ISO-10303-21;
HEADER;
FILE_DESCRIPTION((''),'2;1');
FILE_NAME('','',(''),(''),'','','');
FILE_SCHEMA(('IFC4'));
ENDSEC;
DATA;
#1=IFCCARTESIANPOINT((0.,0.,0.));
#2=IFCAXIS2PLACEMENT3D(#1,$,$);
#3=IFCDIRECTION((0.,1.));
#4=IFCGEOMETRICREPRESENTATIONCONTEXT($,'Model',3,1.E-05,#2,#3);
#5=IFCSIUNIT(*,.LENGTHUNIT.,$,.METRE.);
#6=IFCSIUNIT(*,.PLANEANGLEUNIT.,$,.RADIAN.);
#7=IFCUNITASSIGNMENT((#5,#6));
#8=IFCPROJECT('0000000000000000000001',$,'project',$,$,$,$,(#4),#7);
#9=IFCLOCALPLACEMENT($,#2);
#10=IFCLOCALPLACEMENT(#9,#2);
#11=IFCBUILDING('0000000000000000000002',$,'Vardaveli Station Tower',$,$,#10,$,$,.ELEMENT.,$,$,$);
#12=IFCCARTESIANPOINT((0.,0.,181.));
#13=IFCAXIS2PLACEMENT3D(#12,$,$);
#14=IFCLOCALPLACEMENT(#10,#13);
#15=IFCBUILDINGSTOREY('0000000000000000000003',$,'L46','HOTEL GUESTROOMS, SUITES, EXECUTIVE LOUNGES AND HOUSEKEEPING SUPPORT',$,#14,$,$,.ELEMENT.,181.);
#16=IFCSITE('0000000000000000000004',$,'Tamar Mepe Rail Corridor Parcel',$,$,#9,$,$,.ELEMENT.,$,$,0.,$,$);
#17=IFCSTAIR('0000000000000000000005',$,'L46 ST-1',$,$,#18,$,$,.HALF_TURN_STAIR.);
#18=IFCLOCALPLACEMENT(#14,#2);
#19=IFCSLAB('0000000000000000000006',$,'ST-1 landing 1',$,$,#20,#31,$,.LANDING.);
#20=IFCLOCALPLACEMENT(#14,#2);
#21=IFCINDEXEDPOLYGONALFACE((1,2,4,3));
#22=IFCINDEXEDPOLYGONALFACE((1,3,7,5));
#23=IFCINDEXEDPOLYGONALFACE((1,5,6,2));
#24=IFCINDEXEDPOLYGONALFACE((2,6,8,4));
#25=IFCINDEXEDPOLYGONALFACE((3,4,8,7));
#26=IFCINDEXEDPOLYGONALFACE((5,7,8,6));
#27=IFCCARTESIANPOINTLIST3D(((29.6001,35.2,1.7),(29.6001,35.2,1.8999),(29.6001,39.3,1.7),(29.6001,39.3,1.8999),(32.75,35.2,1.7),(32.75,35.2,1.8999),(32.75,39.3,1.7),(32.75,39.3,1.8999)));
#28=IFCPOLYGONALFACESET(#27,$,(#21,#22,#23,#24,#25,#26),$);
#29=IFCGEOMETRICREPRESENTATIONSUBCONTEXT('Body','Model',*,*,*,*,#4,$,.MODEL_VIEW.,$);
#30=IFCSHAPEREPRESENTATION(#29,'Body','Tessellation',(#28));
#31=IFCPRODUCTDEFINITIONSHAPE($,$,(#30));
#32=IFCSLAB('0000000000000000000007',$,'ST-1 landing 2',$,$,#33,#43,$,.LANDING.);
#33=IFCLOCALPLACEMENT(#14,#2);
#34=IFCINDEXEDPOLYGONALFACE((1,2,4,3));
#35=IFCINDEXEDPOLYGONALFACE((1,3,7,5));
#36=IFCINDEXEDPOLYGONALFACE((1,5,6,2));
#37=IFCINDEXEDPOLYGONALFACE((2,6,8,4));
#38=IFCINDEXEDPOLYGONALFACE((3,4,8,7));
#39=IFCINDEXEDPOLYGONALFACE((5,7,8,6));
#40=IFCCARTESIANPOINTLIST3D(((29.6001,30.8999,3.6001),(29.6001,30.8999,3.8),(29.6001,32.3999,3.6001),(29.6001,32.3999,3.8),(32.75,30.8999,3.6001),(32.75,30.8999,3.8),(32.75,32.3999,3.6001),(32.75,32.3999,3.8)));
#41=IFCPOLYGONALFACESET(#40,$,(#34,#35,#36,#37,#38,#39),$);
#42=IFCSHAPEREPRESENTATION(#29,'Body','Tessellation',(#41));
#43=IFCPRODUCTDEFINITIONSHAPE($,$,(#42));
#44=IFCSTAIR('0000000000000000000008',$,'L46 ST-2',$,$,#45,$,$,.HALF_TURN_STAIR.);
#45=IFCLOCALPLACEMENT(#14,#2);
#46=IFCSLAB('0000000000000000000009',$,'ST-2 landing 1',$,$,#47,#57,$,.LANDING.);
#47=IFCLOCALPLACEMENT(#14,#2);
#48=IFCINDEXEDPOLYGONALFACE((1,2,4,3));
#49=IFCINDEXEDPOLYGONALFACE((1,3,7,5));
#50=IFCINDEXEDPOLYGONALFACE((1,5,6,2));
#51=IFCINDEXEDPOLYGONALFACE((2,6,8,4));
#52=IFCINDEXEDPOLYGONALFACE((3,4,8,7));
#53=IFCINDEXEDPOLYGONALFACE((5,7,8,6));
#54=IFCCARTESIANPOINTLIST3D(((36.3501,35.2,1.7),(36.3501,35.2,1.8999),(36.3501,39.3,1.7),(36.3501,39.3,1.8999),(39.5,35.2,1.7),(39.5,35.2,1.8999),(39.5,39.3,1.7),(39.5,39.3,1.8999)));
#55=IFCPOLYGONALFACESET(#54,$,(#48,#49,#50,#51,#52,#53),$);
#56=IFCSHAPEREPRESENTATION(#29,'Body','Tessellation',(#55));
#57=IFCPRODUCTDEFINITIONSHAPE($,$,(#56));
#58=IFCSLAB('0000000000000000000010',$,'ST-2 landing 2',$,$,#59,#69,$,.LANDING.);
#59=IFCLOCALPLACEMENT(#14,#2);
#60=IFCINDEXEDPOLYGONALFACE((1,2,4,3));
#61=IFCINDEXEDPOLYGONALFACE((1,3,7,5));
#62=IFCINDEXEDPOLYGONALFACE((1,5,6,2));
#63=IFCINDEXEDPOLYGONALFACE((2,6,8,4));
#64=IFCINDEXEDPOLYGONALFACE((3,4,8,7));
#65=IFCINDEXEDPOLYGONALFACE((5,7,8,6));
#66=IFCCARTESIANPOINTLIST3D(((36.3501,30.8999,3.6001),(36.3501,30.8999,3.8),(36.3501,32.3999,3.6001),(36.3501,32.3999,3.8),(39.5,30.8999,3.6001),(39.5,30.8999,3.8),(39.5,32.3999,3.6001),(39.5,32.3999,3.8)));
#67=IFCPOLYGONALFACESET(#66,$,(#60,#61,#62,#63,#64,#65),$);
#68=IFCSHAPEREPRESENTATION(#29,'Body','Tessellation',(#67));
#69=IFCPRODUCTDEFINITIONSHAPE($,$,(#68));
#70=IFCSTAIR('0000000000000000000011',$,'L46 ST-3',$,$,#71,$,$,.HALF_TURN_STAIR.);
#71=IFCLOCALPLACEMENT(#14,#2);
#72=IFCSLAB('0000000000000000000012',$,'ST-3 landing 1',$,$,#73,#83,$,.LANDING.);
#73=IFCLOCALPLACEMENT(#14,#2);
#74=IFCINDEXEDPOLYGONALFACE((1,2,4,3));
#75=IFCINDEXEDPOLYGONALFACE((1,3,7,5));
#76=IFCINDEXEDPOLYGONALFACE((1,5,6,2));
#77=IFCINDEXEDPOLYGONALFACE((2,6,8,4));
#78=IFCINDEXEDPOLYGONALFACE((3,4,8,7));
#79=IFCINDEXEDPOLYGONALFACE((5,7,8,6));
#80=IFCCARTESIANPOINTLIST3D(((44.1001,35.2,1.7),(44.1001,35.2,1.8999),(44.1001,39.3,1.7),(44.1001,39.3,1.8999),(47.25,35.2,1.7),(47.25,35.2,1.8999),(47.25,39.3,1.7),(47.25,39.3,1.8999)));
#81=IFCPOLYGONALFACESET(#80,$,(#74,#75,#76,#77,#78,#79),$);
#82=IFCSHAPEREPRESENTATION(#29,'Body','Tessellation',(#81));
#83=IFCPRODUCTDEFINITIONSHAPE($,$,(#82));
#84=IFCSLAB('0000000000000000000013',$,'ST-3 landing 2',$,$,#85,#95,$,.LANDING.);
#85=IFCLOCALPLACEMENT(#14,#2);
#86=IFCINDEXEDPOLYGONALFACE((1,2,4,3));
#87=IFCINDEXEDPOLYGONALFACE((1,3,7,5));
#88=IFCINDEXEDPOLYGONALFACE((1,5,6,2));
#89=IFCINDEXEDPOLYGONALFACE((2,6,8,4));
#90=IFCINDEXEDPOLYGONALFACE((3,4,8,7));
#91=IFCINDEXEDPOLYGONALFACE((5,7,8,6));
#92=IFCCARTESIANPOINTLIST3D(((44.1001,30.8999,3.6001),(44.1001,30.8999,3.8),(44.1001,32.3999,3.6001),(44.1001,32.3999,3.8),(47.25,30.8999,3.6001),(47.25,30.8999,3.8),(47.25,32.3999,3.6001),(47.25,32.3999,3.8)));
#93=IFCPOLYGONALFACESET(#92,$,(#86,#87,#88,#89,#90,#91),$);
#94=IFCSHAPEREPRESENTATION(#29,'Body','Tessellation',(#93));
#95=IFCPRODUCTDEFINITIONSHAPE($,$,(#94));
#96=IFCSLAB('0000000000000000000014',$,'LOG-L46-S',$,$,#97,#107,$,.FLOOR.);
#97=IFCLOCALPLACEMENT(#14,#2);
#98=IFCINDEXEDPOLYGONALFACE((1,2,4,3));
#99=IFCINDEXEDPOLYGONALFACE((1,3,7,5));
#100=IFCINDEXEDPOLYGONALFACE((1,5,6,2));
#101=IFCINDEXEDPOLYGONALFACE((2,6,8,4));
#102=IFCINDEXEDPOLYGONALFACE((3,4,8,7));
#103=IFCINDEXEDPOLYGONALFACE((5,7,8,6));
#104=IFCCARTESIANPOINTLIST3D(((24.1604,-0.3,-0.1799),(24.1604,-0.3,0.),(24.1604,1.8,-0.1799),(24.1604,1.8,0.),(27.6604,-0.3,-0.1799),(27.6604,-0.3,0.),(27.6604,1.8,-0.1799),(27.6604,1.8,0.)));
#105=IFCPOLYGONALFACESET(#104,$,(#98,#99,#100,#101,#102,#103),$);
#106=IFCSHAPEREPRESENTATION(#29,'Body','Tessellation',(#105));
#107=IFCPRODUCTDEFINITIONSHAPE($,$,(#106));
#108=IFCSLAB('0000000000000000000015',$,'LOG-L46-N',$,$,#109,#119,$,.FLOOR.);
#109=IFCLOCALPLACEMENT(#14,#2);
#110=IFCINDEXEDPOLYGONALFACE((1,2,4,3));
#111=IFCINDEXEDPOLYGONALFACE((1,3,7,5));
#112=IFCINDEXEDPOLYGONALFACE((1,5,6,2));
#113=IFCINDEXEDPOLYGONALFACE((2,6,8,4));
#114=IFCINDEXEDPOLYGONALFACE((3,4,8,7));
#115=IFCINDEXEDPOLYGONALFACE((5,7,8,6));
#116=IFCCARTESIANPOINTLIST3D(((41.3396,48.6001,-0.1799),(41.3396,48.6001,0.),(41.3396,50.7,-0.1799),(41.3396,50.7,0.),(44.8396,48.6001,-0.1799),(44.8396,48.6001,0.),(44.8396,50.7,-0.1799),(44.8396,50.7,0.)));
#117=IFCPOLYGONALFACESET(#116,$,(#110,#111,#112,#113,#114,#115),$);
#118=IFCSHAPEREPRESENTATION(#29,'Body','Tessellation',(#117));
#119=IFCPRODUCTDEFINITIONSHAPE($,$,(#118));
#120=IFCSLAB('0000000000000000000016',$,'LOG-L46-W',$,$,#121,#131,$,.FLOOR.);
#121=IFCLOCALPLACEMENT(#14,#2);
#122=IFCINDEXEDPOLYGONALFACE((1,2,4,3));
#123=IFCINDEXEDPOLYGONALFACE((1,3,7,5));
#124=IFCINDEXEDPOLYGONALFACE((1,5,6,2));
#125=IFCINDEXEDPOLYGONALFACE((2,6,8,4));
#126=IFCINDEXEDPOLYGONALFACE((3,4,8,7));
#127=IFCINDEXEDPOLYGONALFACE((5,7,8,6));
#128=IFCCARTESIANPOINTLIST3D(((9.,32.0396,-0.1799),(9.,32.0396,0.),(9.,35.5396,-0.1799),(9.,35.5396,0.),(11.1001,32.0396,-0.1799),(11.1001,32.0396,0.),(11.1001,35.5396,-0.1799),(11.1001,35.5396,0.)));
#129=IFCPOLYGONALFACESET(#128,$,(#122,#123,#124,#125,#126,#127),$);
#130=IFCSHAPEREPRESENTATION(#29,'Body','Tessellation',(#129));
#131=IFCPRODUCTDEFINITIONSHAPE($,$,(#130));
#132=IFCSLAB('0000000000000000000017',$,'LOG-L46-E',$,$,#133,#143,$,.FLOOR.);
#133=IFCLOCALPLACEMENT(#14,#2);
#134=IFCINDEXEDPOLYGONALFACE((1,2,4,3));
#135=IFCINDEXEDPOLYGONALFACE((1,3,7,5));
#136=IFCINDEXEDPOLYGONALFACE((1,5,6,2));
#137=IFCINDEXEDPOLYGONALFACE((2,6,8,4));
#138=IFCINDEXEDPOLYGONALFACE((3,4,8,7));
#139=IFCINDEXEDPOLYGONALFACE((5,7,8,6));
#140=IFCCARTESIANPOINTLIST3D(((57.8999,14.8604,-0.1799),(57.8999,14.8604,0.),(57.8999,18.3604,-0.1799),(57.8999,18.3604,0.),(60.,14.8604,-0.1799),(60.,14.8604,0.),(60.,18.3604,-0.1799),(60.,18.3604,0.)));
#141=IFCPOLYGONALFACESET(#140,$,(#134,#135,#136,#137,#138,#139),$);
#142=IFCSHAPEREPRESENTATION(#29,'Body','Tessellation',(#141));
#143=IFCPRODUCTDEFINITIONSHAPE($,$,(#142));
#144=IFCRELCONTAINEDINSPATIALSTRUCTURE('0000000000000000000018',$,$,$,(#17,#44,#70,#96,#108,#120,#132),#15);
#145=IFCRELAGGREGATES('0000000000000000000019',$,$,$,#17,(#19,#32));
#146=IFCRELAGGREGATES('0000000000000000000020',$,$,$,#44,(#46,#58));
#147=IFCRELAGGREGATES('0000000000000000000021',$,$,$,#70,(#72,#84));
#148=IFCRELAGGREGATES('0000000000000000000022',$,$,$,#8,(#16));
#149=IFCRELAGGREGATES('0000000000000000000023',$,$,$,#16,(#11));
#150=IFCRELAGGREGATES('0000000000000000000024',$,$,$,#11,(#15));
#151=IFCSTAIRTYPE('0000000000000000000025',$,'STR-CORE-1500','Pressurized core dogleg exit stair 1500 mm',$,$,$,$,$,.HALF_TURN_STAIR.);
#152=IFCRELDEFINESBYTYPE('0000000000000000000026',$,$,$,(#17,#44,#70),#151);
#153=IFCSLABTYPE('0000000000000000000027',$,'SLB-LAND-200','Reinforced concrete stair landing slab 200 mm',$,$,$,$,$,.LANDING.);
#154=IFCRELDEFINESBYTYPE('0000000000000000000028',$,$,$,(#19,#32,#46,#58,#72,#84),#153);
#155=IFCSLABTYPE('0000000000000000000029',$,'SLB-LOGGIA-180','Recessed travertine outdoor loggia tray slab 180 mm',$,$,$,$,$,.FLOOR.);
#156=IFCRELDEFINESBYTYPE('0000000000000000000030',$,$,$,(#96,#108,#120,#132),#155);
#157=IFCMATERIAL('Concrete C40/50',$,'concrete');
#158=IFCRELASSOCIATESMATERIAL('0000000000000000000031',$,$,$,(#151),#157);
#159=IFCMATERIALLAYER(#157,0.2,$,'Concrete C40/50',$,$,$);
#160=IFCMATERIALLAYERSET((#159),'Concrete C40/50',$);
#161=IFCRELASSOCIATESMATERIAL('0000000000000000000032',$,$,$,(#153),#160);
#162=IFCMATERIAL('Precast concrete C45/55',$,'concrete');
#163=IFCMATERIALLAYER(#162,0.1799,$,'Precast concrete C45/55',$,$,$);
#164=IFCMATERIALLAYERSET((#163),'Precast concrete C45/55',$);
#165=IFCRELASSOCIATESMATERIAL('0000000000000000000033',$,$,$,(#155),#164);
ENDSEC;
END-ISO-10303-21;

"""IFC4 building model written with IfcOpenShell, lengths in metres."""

from ifc_helpers import new_model, si_unit, direction, frame, origin, place, context, subcontext, project, spatial, polyline, outline, extrude, material, layer, layer_set, type_object, element, aggregate, save


model = new_model("IFC4")

# Units and contexts
model_context = context("Model", 3, precision=1e-05, world=origin(), true_north=direction((0.0, 1.0)))
body_context = subcontext(model_context, "Body", "Model", "MODEL_VIEW")
ifc_project = project(units=[si_unit("LENGTHUNIT", "METRE"), si_unit("PLANEANGLEUNIT", "RADIAN")], contexts=[model_context])

# Site, building, storey
site_placement = place(None, origin())
site = spatial("IfcSite", under=ifc_project, at=site_placement, Name="Tamar Mepe Rail Corridor Parcel", CompositionType="ELEMENT", RefElevation=0.0)
building_placement = place(site_placement, origin())
building = spatial("IfcBuilding", under=site, at=building_placement, Name="Vardaveli Station Tower", CompositionType="ELEMENT")
storey_placement = place(building_placement, frame((0.0, 0.0, 181.0)))
storey = spatial("IfcBuildingStorey", under=building, at=storey_placement, Name="L46", Description="HOTEL GUESTROOMS, SUITES, EXECUTIVE LOUNGES AND HOUSEKEEPING SUPPORT", CompositionType="ELEMENT", Elevation=181.0)

# Stairs, slabs
ifc_material_1 = material(Name="Concrete C40/50", Category="concrete")
stair_type = type_object("IfcStairType", Name="STR-CORE-1500", Description="Pressurized core dogleg exit stair 1500 mm", PredefinedType="HALF_TURN_STAIR", material=ifc_material_1)
stair_1_placement = place(storey_placement, origin())
stair_1 = element("IfcStair", 1, at=stair_1_placement, inside=storey, type_object=stair_type, Name="L46 ST-1", PredefinedType="HALF_TURN_STAIR")
ifc_layer_1 = layer(ifc_material_1, 0.2, Name="Concrete C40/50")
ifc_layer_set_1 = layer_set([ifc_layer_1], Name="Concrete C40/50")
slab_type_1 = type_object("IfcSlabType", Name="SLB-LAND-200", Description="Reinforced concrete stair landing slab 200 mm", PredefinedType="LANDING", material=ifc_layer_set_1)
slab_1_placement = place(storey_placement, frame((0.0, 0.0, 1.7)))
slab_1 = element("IfcSlab", 2, at=slab_1_placement, type_object=slab_type_1, Name="ST-1 landing 1", PredefinedType="LANDING", context=body_context, shape_type="SweptSolid", body=[
    extrude(outline(polyline([(32.75, 35.2), (32.75, 39.3), (29.6001, 39.3), (29.6001, 35.2), (32.75, 35.2)])), origin(), (0.0, 0.0, 1.0), 0.2),
])
slab_2_placement = place(storey_placement, frame((0.0, 0.0, 3.6001)))
slab_2 = element("IfcSlab", 3, at=slab_2_placement, type_object=slab_type_1, Name="ST-1 landing 2", PredefinedType="LANDING", context=body_context, shape_type="SweptSolid", body=[
    extrude(outline(polyline([(32.75, 30.8999), (32.75, 32.3999), (29.6001, 32.3999), (29.6001, 30.8999), (32.75, 30.8999)])), origin(), (0.0, 0.0, 1.0), 0.2),
])
aggregate(stair_1, [slab_1, slab_2])
stair_2_placement = place(storey_placement, origin())
stair_2 = element("IfcStair", 4, at=stair_2_placement, inside=storey, type_object=stair_type, Name="L46 ST-2", PredefinedType="HALF_TURN_STAIR")
slab_3_placement = place(storey_placement, frame((0.0, 0.0, 1.7)))
slab_3 = element("IfcSlab", 5, at=slab_3_placement, type_object=slab_type_1, Name="ST-2 landing 1", PredefinedType="LANDING", context=body_context, shape_type="SweptSolid", body=[
    extrude(outline(polyline([(39.5, 35.2), (39.5, 39.3), (36.3501, 39.3), (36.3501, 35.2), (39.5, 35.2)])), origin(), (0.0, 0.0, 1.0), 0.2),
])
slab_4_placement = place(storey_placement, frame((0.0, 0.0, 3.6001)))
slab_4 = element("IfcSlab", 6, at=slab_4_placement, type_object=slab_type_1, Name="ST-2 landing 2", PredefinedType="LANDING", context=body_context, shape_type="SweptSolid", body=[
    extrude(outline(polyline([(39.5, 30.8999), (39.5, 32.3999), (36.3501, 32.3999), (36.3501, 30.8999), (39.5, 30.8999)])), origin(), (0.0, 0.0, 1.0), 0.2),
])
aggregate(stair_2, [slab_3, slab_4])
stair_3_placement = place(storey_placement, origin())
stair_3 = element("IfcStair", 7, at=stair_3_placement, inside=storey, type_object=stair_type, Name="L46 ST-3", PredefinedType="HALF_TURN_STAIR")
slab_5_placement = place(storey_placement, frame((0.0, 0.0, 1.7)))
slab_5 = element("IfcSlab", 8, at=slab_5_placement, type_object=slab_type_1, Name="ST-3 landing 1", PredefinedType="LANDING", context=body_context, shape_type="SweptSolid", body=[
    extrude(outline(polyline([(47.25, 35.2), (47.25, 39.3), (44.1001, 39.3), (44.1001, 35.2), (47.25, 35.2)])), origin(), (0.0, 0.0, 1.0), 0.2),
])
slab_6_placement = place(storey_placement, frame((0.0, 0.0, 3.6001)))
slab_6 = element("IfcSlab", 9, at=slab_6_placement, type_object=slab_type_1, Name="ST-3 landing 2", PredefinedType="LANDING", context=body_context, shape_type="SweptSolid", body=[
    extrude(outline(polyline([(47.25, 30.8999), (47.25, 32.3999), (44.1001, 32.3999), (44.1001, 30.8999), (47.25, 30.8999)])), origin(), (0.0, 0.0, 1.0), 0.2),
])
aggregate(stair_3, [slab_5, slab_6])

# Slabs
ifc_material_2 = material(Name="Precast concrete C45/55", Category="concrete")
ifc_layer_2 = layer(ifc_material_2, 0.1799, Name="Precast concrete C45/55")
ifc_layer_set_2 = layer_set([ifc_layer_2], Name="Precast concrete C45/55")
slab_type_2 = type_object("IfcSlabType", Name="SLB-LOGGIA-180", Description="Recessed travertine outdoor loggia tray slab 180 mm", PredefinedType="FLOOR", material=ifc_layer_set_2)
slab_7_placement = place(storey_placement, frame((0.0, 0.0, -0.1799)))
element("IfcSlab", 10, at=slab_7_placement, inside=storey, type_object=slab_type_2, Name="LOG-L46-S", PredefinedType="FLOOR", context=body_context, shape_type="SweptSolid", body=[
    extrude(outline(polyline([(24.1604, -0.3), (27.6604, -0.3), (27.6604, 1.8), (24.1604, 1.8), (24.1604, -0.3)])), origin(), (0.0, 0.0, 1.0), 0.1799),
])
slab_8_placement = place(storey_placement, frame((0.0, 0.0, -0.1799)))
element("IfcSlab", 11, at=slab_8_placement, inside=storey, type_object=slab_type_2, Name="LOG-L46-N", PredefinedType="FLOOR", context=body_context, shape_type="SweptSolid", body=[
    extrude(outline(polyline([(41.3396, 48.6001), (44.8396, 48.6001), (44.8396, 50.7), (41.3396, 50.7), (41.3396, 48.6001)])), origin(), (0.0, 0.0, 1.0), 0.1799),
])
slab_9_placement = place(storey_placement, frame((0.0, 0.0, -0.1799)))
element("IfcSlab", 12, at=slab_9_placement, inside=storey, type_object=slab_type_2, Name="LOG-L46-W", PredefinedType="FLOOR", context=body_context, shape_type="SweptSolid", body=[
    extrude(outline(polyline([(9.0, 32.0396), (11.1001, 32.0396), (11.1001, 35.5396), (9.0, 35.5396), (9.0, 32.0396)])), origin(), (0.0, 0.0, 1.0), 0.1799),
])
slab_10_placement = place(storey_placement, frame((0.0, 0.0, -0.1799)))
element("IfcSlab", 13, at=slab_10_placement, inside=storey, type_object=slab_type_2, Name="LOG-L46-E", PredefinedType="FLOOR", context=body_context, shape_type="SweptSolid", body=[
    extrude(outline(polyline([(57.8999, 14.8604), (60.0, 14.8604), (60.0, 18.3604), (57.8999, 18.3604), (57.8999, 14.8604)])), origin(), (0.0, 0.0, 1.0), 0.1799),
])

save(model, "model.ifc")
